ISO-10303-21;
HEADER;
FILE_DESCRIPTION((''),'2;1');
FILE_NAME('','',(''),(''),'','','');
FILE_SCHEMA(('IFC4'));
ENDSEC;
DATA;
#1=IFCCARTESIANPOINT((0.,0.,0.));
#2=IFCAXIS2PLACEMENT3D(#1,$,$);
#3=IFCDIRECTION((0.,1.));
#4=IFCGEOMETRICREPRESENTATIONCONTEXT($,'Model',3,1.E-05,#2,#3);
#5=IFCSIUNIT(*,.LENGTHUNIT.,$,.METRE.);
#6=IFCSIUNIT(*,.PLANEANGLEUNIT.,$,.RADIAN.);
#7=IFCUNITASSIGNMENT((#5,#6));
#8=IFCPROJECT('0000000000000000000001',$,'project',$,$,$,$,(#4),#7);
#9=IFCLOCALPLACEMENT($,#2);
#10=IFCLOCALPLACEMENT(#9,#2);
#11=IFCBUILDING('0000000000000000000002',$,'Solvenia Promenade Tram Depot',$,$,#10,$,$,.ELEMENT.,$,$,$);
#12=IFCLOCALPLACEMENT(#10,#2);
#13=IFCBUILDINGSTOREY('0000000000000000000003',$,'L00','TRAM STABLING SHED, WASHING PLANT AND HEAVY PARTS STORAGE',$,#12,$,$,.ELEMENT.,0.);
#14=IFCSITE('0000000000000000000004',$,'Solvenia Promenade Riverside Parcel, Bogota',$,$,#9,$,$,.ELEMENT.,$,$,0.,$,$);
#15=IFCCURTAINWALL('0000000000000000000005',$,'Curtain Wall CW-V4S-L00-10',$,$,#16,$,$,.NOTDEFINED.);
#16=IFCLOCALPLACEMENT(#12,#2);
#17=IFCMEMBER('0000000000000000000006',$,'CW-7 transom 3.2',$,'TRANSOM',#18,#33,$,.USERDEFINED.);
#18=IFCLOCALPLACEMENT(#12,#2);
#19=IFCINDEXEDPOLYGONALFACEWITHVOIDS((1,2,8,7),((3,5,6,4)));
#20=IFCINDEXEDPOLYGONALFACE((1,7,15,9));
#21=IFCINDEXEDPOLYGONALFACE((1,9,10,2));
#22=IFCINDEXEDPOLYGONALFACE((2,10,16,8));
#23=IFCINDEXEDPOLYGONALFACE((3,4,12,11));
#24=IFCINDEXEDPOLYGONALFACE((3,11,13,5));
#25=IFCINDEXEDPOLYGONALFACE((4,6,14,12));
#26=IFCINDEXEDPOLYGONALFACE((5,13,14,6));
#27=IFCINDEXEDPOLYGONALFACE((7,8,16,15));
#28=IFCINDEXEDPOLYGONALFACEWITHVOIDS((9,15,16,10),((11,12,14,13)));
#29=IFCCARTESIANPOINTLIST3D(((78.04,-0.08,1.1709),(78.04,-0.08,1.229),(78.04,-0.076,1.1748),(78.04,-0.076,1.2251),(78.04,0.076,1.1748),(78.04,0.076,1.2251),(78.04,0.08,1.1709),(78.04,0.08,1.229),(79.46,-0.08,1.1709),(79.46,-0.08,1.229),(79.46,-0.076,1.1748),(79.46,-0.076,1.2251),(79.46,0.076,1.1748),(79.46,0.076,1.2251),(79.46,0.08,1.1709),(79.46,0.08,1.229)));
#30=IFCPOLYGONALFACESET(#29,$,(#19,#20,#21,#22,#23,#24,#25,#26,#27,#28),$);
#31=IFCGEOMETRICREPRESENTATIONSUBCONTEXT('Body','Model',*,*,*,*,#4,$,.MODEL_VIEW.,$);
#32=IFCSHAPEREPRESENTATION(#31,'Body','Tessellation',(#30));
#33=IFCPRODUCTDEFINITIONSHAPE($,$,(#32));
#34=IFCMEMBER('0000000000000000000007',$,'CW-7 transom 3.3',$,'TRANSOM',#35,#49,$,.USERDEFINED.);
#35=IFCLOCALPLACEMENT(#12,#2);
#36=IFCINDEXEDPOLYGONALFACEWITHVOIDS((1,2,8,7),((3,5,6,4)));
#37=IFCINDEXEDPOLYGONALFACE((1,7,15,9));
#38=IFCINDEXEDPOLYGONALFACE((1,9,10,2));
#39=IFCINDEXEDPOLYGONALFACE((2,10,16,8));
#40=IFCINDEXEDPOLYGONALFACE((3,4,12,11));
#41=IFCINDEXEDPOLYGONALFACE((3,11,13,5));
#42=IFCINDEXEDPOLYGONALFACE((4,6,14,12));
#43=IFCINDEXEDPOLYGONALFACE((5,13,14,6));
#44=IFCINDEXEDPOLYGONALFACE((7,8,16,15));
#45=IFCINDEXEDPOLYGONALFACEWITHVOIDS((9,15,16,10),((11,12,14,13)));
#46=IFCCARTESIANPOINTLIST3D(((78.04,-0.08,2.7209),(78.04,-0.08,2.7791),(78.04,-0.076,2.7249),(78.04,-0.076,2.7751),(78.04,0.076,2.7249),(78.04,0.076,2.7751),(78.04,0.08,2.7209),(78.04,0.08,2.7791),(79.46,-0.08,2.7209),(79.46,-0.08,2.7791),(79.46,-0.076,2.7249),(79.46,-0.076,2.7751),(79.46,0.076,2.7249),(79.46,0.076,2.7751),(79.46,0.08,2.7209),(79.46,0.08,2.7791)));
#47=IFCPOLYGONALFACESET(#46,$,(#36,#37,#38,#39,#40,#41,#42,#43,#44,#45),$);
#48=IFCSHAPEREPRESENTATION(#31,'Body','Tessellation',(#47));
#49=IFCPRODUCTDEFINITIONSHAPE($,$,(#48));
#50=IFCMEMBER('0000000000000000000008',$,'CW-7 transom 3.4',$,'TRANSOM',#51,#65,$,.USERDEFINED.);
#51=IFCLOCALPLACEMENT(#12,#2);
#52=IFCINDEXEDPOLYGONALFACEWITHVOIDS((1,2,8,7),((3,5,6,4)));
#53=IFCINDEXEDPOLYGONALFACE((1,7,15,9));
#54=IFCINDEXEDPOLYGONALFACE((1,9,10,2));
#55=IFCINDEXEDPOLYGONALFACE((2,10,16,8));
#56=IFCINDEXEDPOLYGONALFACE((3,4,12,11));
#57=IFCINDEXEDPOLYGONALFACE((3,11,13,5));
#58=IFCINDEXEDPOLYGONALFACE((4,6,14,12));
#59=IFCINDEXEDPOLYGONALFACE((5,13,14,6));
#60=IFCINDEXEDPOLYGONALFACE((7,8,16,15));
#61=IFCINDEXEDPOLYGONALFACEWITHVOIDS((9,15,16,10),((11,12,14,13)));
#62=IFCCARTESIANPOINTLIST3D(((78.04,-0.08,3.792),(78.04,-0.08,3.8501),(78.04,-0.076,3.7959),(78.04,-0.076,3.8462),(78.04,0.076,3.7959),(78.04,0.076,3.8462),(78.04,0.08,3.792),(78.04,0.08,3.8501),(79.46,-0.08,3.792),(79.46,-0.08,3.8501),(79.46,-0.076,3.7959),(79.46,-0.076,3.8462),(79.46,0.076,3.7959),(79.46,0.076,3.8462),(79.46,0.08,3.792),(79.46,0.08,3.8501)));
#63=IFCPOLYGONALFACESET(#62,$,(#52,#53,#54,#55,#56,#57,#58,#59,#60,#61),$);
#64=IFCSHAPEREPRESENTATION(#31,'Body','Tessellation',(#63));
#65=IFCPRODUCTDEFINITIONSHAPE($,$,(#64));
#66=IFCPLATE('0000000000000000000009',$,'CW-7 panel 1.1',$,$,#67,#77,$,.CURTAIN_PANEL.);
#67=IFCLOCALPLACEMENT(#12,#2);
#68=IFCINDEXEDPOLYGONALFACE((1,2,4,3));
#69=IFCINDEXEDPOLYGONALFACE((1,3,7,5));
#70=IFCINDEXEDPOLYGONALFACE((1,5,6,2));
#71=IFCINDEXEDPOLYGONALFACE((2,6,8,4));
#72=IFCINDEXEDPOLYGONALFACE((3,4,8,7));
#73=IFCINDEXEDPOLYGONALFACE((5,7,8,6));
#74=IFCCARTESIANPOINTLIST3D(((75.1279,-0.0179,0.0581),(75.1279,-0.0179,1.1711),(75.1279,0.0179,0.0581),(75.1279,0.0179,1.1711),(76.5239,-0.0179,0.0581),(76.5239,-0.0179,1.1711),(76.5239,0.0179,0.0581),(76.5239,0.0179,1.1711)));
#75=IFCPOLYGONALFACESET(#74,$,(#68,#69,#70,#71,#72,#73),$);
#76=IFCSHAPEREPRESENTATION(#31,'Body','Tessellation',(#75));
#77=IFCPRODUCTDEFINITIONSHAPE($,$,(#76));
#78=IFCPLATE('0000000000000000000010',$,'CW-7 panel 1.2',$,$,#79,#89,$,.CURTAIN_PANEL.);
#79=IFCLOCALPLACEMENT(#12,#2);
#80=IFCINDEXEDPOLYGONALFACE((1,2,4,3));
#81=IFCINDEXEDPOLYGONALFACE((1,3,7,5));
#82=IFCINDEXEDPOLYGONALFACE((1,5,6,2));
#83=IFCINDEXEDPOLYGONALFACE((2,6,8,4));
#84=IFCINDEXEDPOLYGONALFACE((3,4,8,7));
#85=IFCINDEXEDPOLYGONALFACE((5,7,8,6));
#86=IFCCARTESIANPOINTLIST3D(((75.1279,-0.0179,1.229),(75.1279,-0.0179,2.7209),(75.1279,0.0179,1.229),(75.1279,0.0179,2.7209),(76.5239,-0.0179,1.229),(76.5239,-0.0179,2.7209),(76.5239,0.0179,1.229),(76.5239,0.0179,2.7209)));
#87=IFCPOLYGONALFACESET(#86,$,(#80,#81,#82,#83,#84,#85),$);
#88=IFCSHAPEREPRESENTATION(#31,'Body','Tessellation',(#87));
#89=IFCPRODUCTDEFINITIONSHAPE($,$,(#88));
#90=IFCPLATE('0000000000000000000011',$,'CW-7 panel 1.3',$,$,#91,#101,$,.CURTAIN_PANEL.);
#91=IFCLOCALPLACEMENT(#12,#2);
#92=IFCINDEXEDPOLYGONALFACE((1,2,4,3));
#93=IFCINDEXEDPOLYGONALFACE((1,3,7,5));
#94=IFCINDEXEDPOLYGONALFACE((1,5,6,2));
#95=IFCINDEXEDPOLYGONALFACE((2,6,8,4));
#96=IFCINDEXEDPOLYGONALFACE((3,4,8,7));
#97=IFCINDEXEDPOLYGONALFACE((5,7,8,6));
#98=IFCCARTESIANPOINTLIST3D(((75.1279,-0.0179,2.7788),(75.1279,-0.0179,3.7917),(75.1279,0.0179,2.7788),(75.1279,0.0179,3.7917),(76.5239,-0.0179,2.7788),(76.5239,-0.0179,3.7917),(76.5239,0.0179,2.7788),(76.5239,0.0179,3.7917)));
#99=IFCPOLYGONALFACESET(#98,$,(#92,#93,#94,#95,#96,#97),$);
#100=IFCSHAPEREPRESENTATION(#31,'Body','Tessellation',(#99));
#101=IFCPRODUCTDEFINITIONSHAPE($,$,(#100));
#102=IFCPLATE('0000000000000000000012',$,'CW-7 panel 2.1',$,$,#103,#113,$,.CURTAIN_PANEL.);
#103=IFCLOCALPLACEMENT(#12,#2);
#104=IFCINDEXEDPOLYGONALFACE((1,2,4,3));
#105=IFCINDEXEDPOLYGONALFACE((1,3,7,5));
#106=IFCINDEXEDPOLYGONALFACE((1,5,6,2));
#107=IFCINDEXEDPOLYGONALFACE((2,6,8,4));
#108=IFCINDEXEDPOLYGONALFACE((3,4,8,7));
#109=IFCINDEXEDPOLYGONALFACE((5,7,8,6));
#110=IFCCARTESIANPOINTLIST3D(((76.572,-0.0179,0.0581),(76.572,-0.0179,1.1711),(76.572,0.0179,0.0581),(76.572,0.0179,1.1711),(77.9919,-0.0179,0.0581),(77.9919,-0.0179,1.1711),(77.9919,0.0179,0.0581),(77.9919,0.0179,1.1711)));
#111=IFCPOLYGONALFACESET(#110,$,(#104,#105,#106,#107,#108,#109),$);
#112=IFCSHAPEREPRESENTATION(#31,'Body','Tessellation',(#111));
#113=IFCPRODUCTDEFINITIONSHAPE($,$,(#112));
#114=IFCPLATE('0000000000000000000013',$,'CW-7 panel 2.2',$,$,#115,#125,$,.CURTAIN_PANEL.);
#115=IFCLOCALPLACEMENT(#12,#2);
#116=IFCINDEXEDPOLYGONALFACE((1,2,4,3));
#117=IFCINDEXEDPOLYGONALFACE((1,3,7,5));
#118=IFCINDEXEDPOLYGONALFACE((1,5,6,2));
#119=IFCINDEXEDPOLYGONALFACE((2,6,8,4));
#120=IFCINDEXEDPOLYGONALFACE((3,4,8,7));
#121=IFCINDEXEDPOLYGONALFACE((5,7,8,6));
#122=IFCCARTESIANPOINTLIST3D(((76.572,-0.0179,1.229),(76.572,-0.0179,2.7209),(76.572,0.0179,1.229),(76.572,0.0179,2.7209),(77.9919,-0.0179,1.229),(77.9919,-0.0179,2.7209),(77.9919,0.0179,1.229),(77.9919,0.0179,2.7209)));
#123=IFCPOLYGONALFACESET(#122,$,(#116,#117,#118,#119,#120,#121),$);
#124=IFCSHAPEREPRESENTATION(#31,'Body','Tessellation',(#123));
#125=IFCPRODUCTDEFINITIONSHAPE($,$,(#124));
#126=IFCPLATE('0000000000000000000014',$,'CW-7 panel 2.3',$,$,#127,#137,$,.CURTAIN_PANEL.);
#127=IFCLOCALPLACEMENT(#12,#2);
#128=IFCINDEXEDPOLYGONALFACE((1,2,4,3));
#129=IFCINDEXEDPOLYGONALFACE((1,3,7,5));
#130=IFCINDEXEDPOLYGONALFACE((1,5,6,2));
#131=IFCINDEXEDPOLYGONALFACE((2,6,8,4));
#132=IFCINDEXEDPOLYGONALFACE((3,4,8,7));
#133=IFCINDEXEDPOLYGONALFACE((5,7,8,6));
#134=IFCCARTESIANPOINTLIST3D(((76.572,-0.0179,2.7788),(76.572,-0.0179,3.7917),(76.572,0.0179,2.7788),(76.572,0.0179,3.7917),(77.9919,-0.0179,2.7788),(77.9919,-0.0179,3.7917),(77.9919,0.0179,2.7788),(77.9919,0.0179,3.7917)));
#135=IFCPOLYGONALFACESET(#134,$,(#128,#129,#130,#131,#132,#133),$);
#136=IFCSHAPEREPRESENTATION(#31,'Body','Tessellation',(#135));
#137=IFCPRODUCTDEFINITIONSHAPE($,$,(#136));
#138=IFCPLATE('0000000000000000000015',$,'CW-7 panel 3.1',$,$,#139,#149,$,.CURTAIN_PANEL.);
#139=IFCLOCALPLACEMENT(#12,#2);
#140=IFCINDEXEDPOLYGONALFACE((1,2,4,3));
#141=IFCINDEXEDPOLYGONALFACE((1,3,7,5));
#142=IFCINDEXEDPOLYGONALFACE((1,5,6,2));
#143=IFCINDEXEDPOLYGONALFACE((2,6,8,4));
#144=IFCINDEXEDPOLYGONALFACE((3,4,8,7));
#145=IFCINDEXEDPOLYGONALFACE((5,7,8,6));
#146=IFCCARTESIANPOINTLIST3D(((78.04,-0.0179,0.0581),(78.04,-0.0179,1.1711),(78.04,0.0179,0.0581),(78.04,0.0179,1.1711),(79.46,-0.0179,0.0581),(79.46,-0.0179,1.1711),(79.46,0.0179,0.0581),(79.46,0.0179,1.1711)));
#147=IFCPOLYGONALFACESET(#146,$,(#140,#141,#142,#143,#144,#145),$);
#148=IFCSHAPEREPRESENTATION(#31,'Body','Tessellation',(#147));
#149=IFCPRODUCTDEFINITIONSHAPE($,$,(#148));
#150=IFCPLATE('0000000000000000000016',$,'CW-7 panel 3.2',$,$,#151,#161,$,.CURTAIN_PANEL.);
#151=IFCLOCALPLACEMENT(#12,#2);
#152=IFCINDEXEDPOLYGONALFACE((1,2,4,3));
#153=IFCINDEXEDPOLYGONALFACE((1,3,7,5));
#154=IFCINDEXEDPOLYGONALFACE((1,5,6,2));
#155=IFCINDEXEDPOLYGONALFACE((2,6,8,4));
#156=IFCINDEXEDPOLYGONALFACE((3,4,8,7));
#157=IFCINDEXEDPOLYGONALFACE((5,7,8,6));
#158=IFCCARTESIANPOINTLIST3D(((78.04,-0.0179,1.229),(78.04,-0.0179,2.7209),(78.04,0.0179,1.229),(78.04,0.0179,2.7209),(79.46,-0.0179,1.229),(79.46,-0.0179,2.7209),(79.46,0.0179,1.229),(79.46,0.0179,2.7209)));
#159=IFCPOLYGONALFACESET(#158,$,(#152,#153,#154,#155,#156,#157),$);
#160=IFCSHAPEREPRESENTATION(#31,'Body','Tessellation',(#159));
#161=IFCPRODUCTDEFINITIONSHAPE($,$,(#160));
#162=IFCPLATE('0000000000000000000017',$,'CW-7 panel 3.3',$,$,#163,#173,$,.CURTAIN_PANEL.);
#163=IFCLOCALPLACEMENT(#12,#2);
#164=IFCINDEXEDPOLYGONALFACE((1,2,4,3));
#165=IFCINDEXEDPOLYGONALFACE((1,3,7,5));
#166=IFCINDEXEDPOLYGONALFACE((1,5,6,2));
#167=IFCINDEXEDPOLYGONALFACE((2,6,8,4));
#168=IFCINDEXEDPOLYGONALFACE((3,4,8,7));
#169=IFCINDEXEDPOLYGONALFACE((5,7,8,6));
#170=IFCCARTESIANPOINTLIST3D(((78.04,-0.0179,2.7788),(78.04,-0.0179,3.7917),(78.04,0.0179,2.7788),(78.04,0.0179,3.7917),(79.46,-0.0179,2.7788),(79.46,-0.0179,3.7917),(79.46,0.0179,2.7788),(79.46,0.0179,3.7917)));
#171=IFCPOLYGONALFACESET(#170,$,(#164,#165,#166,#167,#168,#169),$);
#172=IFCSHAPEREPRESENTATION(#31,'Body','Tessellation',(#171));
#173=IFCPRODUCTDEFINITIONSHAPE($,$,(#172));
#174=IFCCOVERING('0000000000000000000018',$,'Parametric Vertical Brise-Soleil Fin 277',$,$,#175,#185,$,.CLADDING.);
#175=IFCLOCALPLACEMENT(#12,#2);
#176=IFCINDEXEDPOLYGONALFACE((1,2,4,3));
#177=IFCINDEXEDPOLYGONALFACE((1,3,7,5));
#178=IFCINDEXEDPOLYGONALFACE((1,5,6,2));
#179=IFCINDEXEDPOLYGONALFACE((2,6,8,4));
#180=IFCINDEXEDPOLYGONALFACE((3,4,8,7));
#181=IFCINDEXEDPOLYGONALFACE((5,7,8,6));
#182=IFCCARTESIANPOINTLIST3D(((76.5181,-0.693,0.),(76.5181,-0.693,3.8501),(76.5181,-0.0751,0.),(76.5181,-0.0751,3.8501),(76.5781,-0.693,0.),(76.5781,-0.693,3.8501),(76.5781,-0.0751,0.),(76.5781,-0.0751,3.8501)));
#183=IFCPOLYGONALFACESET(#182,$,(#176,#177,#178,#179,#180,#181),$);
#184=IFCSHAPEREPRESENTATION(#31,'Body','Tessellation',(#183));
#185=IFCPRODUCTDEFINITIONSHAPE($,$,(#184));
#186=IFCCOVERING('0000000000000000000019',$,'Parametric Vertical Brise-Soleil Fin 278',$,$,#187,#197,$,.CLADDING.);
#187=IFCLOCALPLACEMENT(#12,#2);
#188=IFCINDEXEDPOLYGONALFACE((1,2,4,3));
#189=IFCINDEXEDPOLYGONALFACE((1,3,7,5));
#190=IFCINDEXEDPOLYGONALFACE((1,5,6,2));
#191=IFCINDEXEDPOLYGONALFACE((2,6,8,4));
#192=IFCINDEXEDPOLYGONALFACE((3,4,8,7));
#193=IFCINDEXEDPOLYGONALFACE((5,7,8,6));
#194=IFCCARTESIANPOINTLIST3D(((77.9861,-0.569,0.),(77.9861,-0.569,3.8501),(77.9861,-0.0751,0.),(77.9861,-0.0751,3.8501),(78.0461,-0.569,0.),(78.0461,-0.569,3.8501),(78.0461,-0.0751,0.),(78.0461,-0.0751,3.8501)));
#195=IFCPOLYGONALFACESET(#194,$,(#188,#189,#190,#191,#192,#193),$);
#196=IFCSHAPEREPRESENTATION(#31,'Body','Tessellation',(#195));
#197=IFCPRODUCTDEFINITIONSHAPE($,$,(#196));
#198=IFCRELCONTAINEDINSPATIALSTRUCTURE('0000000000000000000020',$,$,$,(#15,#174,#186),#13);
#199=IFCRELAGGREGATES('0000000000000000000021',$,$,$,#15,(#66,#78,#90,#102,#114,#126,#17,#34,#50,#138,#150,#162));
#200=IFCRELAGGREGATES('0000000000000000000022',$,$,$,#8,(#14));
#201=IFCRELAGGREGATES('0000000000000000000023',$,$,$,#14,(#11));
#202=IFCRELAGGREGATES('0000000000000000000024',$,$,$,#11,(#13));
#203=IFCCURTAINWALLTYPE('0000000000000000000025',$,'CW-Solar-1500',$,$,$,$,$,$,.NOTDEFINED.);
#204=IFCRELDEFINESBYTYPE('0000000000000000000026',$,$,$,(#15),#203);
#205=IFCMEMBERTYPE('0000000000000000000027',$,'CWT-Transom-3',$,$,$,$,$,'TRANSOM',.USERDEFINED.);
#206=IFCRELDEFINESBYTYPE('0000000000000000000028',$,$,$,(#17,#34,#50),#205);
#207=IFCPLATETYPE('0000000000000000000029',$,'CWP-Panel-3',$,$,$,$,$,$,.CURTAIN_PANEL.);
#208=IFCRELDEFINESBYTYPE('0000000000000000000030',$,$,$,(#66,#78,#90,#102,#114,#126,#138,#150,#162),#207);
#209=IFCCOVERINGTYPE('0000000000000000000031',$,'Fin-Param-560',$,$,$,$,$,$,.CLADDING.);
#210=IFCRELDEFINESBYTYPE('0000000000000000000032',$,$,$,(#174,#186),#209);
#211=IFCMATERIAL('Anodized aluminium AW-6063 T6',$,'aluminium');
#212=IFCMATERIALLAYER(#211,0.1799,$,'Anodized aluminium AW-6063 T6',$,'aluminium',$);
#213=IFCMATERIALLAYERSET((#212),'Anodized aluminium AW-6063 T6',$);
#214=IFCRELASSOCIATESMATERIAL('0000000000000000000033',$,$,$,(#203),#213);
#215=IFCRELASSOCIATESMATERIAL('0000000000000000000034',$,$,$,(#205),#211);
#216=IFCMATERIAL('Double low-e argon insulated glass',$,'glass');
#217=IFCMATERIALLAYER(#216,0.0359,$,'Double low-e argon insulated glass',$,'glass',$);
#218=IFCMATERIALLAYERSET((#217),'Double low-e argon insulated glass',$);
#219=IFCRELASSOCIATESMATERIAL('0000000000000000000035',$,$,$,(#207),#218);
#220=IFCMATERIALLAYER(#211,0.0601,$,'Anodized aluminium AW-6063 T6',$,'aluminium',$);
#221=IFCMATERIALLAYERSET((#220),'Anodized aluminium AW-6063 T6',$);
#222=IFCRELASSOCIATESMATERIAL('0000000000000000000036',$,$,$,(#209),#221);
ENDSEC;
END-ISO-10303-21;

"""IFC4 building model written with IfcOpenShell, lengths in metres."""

from ifc_helpers import new_model, si_unit, direction, frame, origin, origin_2d, place, context, subcontext, project, spatial, rectangle, hollow_rectangle, extrude, material, layer, layer_set, material_profile, profile_set, type_object, element, aggregate, save


model = new_model("IFC4")

# Units and contexts
model_context = context("Model", 3, precision=1e-05, world=origin(), true_north=direction((0.0, 1.0)))
body_context = subcontext(model_context, "Body", "Model", "MODEL_VIEW")
ifc_project = project(units=[si_unit("LENGTHUNIT", "METRE"), si_unit("PLANEANGLEUNIT", "RADIAN")], contexts=[model_context])

# Site, building, storey
site_placement = place(None, origin())
site = spatial("IfcSite", under=ifc_project, at=site_placement, Name="Solvenia Promenade Riverside Parcel, Bogota", CompositionType="ELEMENT", RefElevation=0.0)
building_placement = place(site_placement, origin())
building = spatial("IfcBuilding", under=site, at=building_placement, Name="Solvenia Promenade Tram Depot", CompositionType="ELEMENT")
storey_placement = place(building_placement, origin())
storey = spatial("IfcBuildingStorey", under=building, at=storey_placement, Name="L00", Description="TRAM STABLING SHED, WASHING PLANT AND HEAVY PARTS STORAGE", CompositionType="ELEMENT", Elevation=0.0)

# Curtain wall, members, plates
ifc_material_1 = material(Name="Anodized aluminium AW-6063 T6", Category="aluminium")
ifc_layer_1 = layer(ifc_material_1, 0.1799, Name="Anodized aluminium AW-6063 T6", Category="aluminium")
ifc_layer_set_1 = layer_set([ifc_layer_1], Name="Anodized aluminium AW-6063 T6")
curtain_wall_type = type_object("IfcCurtainWallType", Name="CW-Solar-1500", PredefinedType="NOTDEFINED", material=ifc_layer_set_1)
curtain_wall_placement = place(storey_placement, origin())
curtain_wall = element("IfcCurtainWall", 1, at=curtain_wall_placement, inside=storey, type_object=curtain_wall_type, Name="Curtain Wall CW-V4S-L00-10", PredefinedType="NOTDEFINED")
ifc_material_profile_1 = material_profile(ifc_material_1, hollow_rectangle(XDim=0.1599, YDim=0.0581, WallThickness=0.0039, at=origin_2d()), Name="ALU-T3", Category="aluminium")
ifc_profile_set_1 = profile_set([ifc_material_profile_1], Name="Anodized aluminium AW-6063 T6")
member_type_1 = type_object("IfcMemberType", Name="CWT-Transom-3", ElementType="TRANSOM", PredefinedType="USERDEFINED", material=ifc_profile_set_1)
member_1_placement = place(storey_placement, frame((78.04, 0.0, 1.2), z_axis=(1.0, 0.0, 0.0), x_axis=(0.0, 1.0, 0.0)))
member_1 = element("IfcMember", 2, at=member_1_placement, type_object=member_type_1, Name="CW-7 transom 3.2", ObjectType="TRANSOM", PredefinedType="USERDEFINED", context=body_context, shape_type="SweptSolid", body=[
    extrude(hollow_rectangle(XDim=0.1599, YDim=0.0581, WallThickness=0.0039, at=origin_2d()), origin(), (0.0, 0.0, 1.0), 1.4199),
])
member_2_placement = place(storey_placement, frame((78.04, 0.0, 2.75), z_axis=(1.0, 0.0, 0.0), x_axis=(0.0, 1.0, 0.0)))
member_2 = element("IfcMember", 3, at=member_2_placement, type_object=member_type_1, Name="CW-7 transom 3.3", ObjectType="TRANSOM", PredefinedType="USERDEFINED", context=body_context, shape_type="SweptSolid", body=[
    extrude(hollow_rectangle(XDim=0.1599, YDim=0.0581, WallThickness=0.0039, at=origin_2d()), origin(), (0.0, 0.0, 1.0), 1.4199),
])
member_3_placement = place(storey_placement, frame((78.04, 0.0, 3.821), z_axis=(1.0, 0.0, 0.0), x_axis=(0.0, 1.0, 0.0)))
member_3 = element("IfcMember", 4, at=member_3_placement, type_object=member_type_1, Name="CW-7 transom 3.4", ObjectType="TRANSOM", PredefinedType="USERDEFINED", context=body_context, shape_type="SweptSolid", body=[
    extrude(hollow_rectangle(XDim=0.1599, YDim=0.0581, WallThickness=0.0039, at=origin_2d()), origin(), (0.0, 0.0, 1.0), 1.4199),
])
ifc_material_2 = material(Name="Double low-e argon insulated glass", Category="glass")
ifc_layer_2 = layer(ifc_material_2, 0.0359, Name="Double low-e argon insulated glass", Category="glass")
ifc_layer_set_2 = layer_set([ifc_layer_2], Name="Double low-e argon insulated glass")
plate_type = type_object("IfcPlateType", Name="CWP-Panel-3", PredefinedType="CURTAIN_PANEL", material=ifc_layer_set_2)
plate_1_placement = place(storey_placement, frame((75.8259, 0.0, 0.0581), z_axis=(0.0, 0.0, 1.0), x_axis=(1.0, 0.0, 0.0)))
plate_1 = element("IfcPlate", 5, at=plate_1_placement, type_object=plate_type, Name="CW-7 panel 1.1", PredefinedType="CURTAIN_PANEL", context=body_context, shape_type="SweptSolid", body=[
    extrude(rectangle(XDim=1.396, YDim=0.0359, at=origin_2d()), origin(), (0.0, 0.0, 1.0), 1.113),
])
plate_2_placement = place(storey_placement, frame((75.8259, 0.0, 1.229), z_axis=(0.0, 0.0, 1.0), x_axis=(1.0, 0.0, 0.0)))
plate_2 = element("IfcPlate", 6, at=plate_2_placement, type_object=plate_type, Name="CW-7 panel 1.2", PredefinedType="CURTAIN_PANEL", context=body_context, shape_type="SweptSolid", body=[
    extrude(rectangle(XDim=1.396, YDim=0.0359, at=origin_2d()), origin(), (0.0, 0.0, 1.0), 1.4919),
])
plate_3_placement = place(storey_placement, frame((75.8259, 0.0, 2.7788), z_axis=(0.0, 0.0, 1.0), x_axis=(1.0, 0.0, 0.0)))
plate_3 = element("IfcPlate", 7, at=plate_3_placement, type_object=plate_type, Name="CW-7 panel 1.3", PredefinedType="CURTAIN_PANEL", context=body_context, shape_type="SweptSolid", body=[
    extrude(rectangle(XDim=1.396, YDim=0.0359, at=origin_2d()), origin(), (0.0, 0.0, 1.0), 1.0129),
])
plate_4_placement = place(storey_placement, frame((77.282, 0.0, 0.0581), z_axis=(0.0, 0.0, 1.0), x_axis=(1.0, 0.0, 0.0)))
plate_4 = element("IfcPlate", 8, at=plate_4_placement, type_object=plate_type, Name="CW-7 panel 2.1", PredefinedType="CURTAIN_PANEL", context=body_context, shape_type="SweptSolid", body=[
    extrude(rectangle(XDim=1.4199, YDim=0.0359, at=origin_2d()), origin(), (0.0, 0.0, 1.0), 1.113),
])
plate_5_placement = place(storey_placement, frame((77.282, 0.0, 1.229), z_axis=(0.0, 0.0, 1.0), x_axis=(1.0, 0.0, 0.0)))
plate_5 = element("IfcPlate", 9, at=plate_5_placement, type_object=plate_type, Name="CW-7 panel 2.2", PredefinedType="CURTAIN_PANEL", context=body_context, shape_type="SweptSolid", body=[
    extrude(rectangle(XDim=1.4199, YDim=0.0359, at=origin_2d()), origin(), (0.0, 0.0, 1.0), 1.4919),
])
plate_6_placement = place(storey_placement, frame((77.282, 0.0, 2.7788), z_axis=(0.0, 0.0, 1.0), x_axis=(1.0, 0.0, 0.0)))
plate_6 = element("IfcPlate", 10, at=plate_6_placement, type_object=plate_type, Name="CW-7 panel 2.3", PredefinedType="CURTAIN_PANEL", context=body_context, shape_type="SweptSolid", body=[
    extrude(rectangle(XDim=1.4199, YDim=0.0359, at=origin_2d()), origin(), (0.0, 0.0, 1.0), 1.0129),
])
plate_7_placement = place(storey_placement, frame((78.75, 0.0, 0.0581), z_axis=(0.0, 0.0, 1.0), x_axis=(1.0, 0.0, 0.0)))
plate_7 = element("IfcPlate", 11, at=plate_7_placement, type_object=plate_type, Name="CW-7 panel 3.1", PredefinedType="CURTAIN_PANEL", context=body_context, shape_type="SweptSolid", body=[
    extrude(rectangle(XDim=1.4199, YDim=0.0359, at=origin_2d()), origin(), (0.0, 0.0, 1.0), 1.113),
])
plate_8_placement = place(storey_placement, frame((78.75, 0.0, 1.229), z_axis=(0.0, 0.0, 1.0), x_axis=(1.0, 0.0, 0.0)))
plate_8 = element("IfcPlate", 12, at=plate_8_placement, type_object=plate_type, Name="CW-7 panel 3.2", PredefinedType="CURTAIN_PANEL", context=body_context, shape_type="SweptSolid", body=[
    extrude(rectangle(XDim=1.4199, YDim=0.0359, at=origin_2d()), origin(), (0.0, 0.0, 1.0), 1.4919),
])
plate_9_placement = place(storey_placement, frame((78.75, 0.0, 2.7788), z_axis=(0.0, 0.0, 1.0), x_axis=(1.0, 0.0, 0.0)))
plate_9 = element("IfcPlate", 13, at=plate_9_placement, type_object=plate_type, Name="CW-7 panel 3.3", PredefinedType="CURTAIN_PANEL", context=body_context, shape_type="SweptSolid", body=[
    extrude(rectangle(XDim=1.4199, YDim=0.0359, at=origin_2d()), origin(), (0.0, 0.0, 1.0), 1.0129),
])
aggregate(curtain_wall, [plate_1, plate_2, plate_3, plate_4, plate_5, plate_6, member_1, member_2, member_3, plate_7, plate_8, plate_9])

# Coverings
ifc_layer_3 = layer(ifc_material_1, 0.0601, Name="Anodized aluminium AW-6063 T6", Category="aluminium")
ifc_layer_set_3 = layer_set([ifc_layer_3], Name="Anodized aluminium AW-6063 T6")
covering_type = type_object("IfcCoveringType", Name="Fin-Param-560", PredefinedType="CLADDING", material=ifc_layer_set_3)
covering_1_placement = place(storey_placement, frame((76.5481, -0.384, 0.0), z_axis=(0.0, 0.0, 1.0), x_axis=(1.0, 0.0, 0.0)))
element("IfcCovering", 14, at=covering_1_placement, inside=storey, type_object=covering_type, Name="Parametric Vertical Brise-Soleil Fin 277", PredefinedType="CLADDING", context=body_context, shape_type="SweptSolid", body=[
    extrude(rectangle(XDim=0.0601, YDim=0.6179, at=origin_2d()), origin(), (0.0, 0.0, 1.0), 3.8501),
])
covering_2_placement = place(storey_placement, frame((78.0161, -0.322, 0.0), z_axis=(0.0, 0.0, 1.0), x_axis=(1.0, 0.0, 0.0)))
element("IfcCovering", 15, at=covering_2_placement, inside=storey, type_object=covering_type, Name="Parametric Vertical Brise-Soleil Fin 278", PredefinedType="CLADDING", context=body_context, shape_type="SweptSolid", body=[
    extrude(rectangle(XDim=0.0601, YDim=0.4939, at=origin_2d()), origin(), (0.0, 0.0, 1.0), 3.8501),
])

save(model, "model.ifc")
